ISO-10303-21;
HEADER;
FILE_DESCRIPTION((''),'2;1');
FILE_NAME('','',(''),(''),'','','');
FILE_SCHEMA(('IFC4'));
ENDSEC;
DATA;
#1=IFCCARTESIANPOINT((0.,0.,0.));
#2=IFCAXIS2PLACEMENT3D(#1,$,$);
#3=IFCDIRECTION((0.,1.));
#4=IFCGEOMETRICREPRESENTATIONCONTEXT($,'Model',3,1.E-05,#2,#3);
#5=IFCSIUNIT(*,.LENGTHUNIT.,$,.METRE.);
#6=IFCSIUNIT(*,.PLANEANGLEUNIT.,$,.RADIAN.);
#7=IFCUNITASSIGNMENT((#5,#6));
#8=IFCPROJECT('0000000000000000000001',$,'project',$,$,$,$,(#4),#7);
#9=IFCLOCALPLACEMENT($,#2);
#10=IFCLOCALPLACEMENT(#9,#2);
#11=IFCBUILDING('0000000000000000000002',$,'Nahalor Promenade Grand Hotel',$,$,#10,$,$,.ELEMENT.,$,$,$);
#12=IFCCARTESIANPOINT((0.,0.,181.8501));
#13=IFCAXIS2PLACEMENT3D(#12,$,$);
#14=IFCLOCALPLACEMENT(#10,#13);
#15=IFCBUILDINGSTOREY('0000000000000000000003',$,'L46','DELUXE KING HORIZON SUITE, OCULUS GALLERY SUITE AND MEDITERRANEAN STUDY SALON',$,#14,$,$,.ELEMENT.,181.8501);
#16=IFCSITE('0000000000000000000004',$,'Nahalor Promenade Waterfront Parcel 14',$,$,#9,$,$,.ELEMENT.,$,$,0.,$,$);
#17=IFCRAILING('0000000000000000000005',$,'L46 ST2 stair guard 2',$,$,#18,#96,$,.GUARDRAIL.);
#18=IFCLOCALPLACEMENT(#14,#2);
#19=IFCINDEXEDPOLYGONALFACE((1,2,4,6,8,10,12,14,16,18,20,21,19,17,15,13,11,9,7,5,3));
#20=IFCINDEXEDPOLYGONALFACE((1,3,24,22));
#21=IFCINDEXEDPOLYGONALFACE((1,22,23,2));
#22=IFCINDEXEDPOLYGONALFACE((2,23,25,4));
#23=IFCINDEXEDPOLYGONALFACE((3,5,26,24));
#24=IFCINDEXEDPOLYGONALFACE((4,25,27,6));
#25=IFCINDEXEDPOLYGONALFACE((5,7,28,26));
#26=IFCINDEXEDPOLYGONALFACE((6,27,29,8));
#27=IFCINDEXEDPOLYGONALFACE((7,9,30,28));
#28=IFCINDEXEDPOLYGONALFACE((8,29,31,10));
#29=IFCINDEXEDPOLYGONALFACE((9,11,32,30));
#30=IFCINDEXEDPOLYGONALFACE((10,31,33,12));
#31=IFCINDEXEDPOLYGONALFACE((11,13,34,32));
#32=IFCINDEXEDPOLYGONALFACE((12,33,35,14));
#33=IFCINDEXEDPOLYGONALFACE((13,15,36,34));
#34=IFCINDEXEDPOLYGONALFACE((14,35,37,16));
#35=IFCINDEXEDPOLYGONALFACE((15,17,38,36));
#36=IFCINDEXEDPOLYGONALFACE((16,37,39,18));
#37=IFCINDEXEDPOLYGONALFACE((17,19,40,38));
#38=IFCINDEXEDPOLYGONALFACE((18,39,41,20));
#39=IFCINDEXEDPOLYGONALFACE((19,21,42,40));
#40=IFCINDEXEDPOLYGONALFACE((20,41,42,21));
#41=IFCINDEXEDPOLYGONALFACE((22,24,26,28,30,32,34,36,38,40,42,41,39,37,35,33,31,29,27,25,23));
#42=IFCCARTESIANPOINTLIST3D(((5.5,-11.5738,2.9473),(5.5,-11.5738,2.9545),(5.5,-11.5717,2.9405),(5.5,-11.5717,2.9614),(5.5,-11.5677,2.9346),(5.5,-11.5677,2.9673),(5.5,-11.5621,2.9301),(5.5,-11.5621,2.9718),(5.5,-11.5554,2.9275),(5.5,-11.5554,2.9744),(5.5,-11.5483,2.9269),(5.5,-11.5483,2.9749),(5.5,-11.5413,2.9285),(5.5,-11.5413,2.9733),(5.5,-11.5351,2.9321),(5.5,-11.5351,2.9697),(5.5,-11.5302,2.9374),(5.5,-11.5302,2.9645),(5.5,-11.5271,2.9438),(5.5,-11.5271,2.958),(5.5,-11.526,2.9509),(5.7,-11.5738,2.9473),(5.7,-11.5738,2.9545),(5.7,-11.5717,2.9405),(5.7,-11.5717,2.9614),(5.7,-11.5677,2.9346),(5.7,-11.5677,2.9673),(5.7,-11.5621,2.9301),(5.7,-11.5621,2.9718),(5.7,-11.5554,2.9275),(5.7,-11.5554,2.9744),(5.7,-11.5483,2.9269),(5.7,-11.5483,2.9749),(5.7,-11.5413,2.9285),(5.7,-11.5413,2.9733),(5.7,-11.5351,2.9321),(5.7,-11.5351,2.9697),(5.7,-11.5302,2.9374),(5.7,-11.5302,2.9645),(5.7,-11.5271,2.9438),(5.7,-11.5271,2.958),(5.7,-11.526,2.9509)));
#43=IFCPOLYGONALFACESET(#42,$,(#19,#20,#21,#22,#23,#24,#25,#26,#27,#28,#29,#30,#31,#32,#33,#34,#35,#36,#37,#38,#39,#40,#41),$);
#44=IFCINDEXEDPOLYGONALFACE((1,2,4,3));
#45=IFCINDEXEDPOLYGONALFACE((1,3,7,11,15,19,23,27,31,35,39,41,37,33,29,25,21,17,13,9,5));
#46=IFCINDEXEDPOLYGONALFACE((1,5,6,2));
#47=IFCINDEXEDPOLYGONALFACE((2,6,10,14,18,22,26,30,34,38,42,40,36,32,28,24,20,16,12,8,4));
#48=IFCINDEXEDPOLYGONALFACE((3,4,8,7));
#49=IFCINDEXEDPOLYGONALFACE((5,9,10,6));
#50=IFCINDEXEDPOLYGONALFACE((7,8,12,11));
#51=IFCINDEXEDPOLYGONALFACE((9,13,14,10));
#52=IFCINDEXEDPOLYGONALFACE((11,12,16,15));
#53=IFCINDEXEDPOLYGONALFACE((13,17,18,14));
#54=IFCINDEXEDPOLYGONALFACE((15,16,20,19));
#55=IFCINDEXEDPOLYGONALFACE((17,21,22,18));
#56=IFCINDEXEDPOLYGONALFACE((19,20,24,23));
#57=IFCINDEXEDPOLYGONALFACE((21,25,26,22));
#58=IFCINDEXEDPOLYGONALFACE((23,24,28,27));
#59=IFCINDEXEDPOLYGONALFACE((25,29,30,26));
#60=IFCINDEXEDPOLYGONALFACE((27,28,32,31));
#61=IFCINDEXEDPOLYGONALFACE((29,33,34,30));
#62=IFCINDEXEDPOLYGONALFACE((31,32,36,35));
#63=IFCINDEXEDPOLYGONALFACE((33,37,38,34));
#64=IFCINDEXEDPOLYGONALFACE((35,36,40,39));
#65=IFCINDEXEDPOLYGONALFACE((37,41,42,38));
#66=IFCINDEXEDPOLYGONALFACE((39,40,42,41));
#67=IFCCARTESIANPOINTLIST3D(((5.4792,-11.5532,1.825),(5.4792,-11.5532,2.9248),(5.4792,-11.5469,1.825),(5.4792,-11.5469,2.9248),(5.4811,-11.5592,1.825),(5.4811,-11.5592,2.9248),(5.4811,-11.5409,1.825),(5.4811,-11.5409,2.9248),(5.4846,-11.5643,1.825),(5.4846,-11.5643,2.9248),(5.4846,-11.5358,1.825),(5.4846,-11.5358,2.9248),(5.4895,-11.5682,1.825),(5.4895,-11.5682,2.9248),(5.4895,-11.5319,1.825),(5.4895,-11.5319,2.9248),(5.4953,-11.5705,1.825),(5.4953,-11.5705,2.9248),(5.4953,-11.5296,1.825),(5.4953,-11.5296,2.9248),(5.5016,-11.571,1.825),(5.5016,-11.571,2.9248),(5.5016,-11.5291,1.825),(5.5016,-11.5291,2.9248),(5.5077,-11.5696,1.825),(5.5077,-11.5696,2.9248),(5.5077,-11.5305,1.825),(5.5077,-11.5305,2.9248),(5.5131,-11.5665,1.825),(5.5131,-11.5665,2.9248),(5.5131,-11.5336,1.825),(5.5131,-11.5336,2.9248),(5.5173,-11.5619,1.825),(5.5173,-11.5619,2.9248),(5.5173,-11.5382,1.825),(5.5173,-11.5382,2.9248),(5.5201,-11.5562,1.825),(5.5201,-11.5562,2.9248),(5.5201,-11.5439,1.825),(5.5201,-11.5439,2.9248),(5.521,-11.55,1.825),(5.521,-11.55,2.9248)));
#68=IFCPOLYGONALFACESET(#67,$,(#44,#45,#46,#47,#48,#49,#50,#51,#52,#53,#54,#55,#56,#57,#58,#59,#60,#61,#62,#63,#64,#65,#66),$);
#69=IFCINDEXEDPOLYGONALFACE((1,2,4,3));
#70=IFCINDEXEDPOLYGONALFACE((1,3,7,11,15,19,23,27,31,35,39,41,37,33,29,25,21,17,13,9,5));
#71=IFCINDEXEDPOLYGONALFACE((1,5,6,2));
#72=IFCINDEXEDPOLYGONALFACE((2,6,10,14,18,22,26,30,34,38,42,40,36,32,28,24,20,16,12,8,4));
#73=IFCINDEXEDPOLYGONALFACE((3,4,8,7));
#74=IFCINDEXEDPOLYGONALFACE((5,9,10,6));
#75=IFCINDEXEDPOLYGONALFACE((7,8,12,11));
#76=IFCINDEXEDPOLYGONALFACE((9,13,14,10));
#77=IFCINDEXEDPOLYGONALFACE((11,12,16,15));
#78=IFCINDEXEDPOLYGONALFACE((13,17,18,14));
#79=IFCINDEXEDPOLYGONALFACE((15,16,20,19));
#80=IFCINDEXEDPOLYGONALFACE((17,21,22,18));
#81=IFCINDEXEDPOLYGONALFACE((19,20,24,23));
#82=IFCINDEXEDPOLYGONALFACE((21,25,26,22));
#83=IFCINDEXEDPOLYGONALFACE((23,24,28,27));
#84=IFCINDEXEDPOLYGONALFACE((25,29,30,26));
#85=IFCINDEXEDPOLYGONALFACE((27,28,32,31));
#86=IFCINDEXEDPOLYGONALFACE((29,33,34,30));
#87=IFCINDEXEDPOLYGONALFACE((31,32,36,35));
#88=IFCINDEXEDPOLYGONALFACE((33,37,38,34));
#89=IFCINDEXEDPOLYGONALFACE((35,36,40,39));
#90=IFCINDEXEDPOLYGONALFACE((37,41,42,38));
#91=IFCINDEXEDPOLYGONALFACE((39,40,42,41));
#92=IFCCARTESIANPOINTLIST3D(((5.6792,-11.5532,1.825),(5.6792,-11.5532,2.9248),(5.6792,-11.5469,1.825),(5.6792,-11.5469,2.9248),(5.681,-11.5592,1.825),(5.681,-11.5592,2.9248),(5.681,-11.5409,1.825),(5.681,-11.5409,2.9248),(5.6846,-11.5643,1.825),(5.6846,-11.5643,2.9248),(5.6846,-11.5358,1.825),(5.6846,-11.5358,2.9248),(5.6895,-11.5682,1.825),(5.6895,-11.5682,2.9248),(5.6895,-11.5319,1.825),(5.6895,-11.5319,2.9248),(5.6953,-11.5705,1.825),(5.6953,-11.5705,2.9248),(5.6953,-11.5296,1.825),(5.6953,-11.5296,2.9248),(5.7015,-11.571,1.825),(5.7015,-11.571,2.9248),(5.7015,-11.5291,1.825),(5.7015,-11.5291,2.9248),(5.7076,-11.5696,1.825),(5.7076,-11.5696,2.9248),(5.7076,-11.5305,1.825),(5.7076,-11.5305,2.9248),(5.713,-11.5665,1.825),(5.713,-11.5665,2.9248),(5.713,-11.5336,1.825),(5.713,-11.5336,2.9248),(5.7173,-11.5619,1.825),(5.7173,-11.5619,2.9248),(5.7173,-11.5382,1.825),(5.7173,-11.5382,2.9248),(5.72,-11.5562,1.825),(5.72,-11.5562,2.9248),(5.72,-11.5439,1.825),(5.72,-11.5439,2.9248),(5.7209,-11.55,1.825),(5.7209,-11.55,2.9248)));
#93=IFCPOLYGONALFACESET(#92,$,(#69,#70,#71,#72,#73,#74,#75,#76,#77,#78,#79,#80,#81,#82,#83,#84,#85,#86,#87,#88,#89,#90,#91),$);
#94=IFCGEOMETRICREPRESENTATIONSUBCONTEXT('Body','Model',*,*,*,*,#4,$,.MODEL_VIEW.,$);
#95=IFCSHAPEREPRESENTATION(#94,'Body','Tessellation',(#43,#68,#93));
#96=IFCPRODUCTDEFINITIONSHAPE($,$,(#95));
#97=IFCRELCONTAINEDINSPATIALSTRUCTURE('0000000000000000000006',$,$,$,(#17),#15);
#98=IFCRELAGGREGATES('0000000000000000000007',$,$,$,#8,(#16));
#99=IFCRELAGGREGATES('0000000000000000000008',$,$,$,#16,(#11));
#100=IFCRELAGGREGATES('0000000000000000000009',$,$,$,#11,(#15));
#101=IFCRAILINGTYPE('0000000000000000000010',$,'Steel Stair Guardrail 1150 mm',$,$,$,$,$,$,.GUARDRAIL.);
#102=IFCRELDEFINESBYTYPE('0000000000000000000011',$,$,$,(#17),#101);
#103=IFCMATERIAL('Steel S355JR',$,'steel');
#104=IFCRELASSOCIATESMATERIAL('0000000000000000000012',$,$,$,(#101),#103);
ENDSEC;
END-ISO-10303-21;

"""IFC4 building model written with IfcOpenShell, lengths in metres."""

from ifc_helpers import new_model, si_unit, direction, frame, origin, origin_2d, place, context, subcontext, project, spatial, circle, extrude, material, type_object, element, save


model = new_model("IFC4")

# Units and contexts
model_context = context("Model", 3, precision=1e-05, world=origin(), true_north=direction((0.0, 1.0)))
body_context = subcontext(model_context, "Body", "Model", "MODEL_VIEW")
ifc_project = project(units=[si_unit("LENGTHUNIT", "METRE"), si_unit("PLANEANGLEUNIT", "RADIAN")], contexts=[model_context])

# Site, building, storey
site_placement = place(None, origin())
site = spatial("IfcSite", under=ifc_project, at=site_placement, Name="Nahalor Promenade Waterfront Parcel 14", CompositionType="ELEMENT", RefElevation=0.0)
building_placement = place(site_placement, origin())
building = spatial("IfcBuilding", under=site, at=building_placement, Name="Nahalor Promenade Grand Hotel", CompositionType="ELEMENT")
storey_placement = place(building_placement, frame((0.0, 0.0, 181.8501)))
storey = spatial("IfcBuildingStorey", under=building, at=storey_placement, Name="L46", Description="DELUXE KING HORIZON SUITE, OCULUS GALLERY SUITE AND MEDITERRANEAN STUDY SALON", CompositionType="ELEMENT", Elevation=181.8501)

# Shared definitions
ifc_material_1 = material(Name="Steel S355JR", Category="steel")

# Railing
railing_type_1 = type_object("IfcRailingType", Name="Steel Stair Guardrail 1150 mm", PredefinedType="GUARDRAIL", material=ifc_material_1)
railing_1_placement = place(storey_placement, frame((5.5, -11.55, 1.825)))
element("IfcRailing", 1, at=railing_1_placement, inside=storey, type_object=railing_type_1, Name="L46 ST2 stair guard 2", PredefinedType="GUARDRAIL", context=body_context, shape_type="SweptSolid", body=[
    extrude(circle(Radius=0.024, at=origin_2d()), frame((0.0, 0.0, 1.126), z_axis=(1.0, 0.0, 0.0), x_axis=(0.0, 1.0, 0.0)), (0.0, 0.0, 1.0), 0.2),
    extrude(circle(Radius=0.021, at=origin_2d()), origin(), (0.0, 0.0, 1.0), 1.0999),
    extrude(circle(Radius=0.021, at=origin_2d()), frame((0.2, 0.0, 0.0)), (0.0, 0.0, 1.0), 1.0999),
])

save(model, "model.ifc")
